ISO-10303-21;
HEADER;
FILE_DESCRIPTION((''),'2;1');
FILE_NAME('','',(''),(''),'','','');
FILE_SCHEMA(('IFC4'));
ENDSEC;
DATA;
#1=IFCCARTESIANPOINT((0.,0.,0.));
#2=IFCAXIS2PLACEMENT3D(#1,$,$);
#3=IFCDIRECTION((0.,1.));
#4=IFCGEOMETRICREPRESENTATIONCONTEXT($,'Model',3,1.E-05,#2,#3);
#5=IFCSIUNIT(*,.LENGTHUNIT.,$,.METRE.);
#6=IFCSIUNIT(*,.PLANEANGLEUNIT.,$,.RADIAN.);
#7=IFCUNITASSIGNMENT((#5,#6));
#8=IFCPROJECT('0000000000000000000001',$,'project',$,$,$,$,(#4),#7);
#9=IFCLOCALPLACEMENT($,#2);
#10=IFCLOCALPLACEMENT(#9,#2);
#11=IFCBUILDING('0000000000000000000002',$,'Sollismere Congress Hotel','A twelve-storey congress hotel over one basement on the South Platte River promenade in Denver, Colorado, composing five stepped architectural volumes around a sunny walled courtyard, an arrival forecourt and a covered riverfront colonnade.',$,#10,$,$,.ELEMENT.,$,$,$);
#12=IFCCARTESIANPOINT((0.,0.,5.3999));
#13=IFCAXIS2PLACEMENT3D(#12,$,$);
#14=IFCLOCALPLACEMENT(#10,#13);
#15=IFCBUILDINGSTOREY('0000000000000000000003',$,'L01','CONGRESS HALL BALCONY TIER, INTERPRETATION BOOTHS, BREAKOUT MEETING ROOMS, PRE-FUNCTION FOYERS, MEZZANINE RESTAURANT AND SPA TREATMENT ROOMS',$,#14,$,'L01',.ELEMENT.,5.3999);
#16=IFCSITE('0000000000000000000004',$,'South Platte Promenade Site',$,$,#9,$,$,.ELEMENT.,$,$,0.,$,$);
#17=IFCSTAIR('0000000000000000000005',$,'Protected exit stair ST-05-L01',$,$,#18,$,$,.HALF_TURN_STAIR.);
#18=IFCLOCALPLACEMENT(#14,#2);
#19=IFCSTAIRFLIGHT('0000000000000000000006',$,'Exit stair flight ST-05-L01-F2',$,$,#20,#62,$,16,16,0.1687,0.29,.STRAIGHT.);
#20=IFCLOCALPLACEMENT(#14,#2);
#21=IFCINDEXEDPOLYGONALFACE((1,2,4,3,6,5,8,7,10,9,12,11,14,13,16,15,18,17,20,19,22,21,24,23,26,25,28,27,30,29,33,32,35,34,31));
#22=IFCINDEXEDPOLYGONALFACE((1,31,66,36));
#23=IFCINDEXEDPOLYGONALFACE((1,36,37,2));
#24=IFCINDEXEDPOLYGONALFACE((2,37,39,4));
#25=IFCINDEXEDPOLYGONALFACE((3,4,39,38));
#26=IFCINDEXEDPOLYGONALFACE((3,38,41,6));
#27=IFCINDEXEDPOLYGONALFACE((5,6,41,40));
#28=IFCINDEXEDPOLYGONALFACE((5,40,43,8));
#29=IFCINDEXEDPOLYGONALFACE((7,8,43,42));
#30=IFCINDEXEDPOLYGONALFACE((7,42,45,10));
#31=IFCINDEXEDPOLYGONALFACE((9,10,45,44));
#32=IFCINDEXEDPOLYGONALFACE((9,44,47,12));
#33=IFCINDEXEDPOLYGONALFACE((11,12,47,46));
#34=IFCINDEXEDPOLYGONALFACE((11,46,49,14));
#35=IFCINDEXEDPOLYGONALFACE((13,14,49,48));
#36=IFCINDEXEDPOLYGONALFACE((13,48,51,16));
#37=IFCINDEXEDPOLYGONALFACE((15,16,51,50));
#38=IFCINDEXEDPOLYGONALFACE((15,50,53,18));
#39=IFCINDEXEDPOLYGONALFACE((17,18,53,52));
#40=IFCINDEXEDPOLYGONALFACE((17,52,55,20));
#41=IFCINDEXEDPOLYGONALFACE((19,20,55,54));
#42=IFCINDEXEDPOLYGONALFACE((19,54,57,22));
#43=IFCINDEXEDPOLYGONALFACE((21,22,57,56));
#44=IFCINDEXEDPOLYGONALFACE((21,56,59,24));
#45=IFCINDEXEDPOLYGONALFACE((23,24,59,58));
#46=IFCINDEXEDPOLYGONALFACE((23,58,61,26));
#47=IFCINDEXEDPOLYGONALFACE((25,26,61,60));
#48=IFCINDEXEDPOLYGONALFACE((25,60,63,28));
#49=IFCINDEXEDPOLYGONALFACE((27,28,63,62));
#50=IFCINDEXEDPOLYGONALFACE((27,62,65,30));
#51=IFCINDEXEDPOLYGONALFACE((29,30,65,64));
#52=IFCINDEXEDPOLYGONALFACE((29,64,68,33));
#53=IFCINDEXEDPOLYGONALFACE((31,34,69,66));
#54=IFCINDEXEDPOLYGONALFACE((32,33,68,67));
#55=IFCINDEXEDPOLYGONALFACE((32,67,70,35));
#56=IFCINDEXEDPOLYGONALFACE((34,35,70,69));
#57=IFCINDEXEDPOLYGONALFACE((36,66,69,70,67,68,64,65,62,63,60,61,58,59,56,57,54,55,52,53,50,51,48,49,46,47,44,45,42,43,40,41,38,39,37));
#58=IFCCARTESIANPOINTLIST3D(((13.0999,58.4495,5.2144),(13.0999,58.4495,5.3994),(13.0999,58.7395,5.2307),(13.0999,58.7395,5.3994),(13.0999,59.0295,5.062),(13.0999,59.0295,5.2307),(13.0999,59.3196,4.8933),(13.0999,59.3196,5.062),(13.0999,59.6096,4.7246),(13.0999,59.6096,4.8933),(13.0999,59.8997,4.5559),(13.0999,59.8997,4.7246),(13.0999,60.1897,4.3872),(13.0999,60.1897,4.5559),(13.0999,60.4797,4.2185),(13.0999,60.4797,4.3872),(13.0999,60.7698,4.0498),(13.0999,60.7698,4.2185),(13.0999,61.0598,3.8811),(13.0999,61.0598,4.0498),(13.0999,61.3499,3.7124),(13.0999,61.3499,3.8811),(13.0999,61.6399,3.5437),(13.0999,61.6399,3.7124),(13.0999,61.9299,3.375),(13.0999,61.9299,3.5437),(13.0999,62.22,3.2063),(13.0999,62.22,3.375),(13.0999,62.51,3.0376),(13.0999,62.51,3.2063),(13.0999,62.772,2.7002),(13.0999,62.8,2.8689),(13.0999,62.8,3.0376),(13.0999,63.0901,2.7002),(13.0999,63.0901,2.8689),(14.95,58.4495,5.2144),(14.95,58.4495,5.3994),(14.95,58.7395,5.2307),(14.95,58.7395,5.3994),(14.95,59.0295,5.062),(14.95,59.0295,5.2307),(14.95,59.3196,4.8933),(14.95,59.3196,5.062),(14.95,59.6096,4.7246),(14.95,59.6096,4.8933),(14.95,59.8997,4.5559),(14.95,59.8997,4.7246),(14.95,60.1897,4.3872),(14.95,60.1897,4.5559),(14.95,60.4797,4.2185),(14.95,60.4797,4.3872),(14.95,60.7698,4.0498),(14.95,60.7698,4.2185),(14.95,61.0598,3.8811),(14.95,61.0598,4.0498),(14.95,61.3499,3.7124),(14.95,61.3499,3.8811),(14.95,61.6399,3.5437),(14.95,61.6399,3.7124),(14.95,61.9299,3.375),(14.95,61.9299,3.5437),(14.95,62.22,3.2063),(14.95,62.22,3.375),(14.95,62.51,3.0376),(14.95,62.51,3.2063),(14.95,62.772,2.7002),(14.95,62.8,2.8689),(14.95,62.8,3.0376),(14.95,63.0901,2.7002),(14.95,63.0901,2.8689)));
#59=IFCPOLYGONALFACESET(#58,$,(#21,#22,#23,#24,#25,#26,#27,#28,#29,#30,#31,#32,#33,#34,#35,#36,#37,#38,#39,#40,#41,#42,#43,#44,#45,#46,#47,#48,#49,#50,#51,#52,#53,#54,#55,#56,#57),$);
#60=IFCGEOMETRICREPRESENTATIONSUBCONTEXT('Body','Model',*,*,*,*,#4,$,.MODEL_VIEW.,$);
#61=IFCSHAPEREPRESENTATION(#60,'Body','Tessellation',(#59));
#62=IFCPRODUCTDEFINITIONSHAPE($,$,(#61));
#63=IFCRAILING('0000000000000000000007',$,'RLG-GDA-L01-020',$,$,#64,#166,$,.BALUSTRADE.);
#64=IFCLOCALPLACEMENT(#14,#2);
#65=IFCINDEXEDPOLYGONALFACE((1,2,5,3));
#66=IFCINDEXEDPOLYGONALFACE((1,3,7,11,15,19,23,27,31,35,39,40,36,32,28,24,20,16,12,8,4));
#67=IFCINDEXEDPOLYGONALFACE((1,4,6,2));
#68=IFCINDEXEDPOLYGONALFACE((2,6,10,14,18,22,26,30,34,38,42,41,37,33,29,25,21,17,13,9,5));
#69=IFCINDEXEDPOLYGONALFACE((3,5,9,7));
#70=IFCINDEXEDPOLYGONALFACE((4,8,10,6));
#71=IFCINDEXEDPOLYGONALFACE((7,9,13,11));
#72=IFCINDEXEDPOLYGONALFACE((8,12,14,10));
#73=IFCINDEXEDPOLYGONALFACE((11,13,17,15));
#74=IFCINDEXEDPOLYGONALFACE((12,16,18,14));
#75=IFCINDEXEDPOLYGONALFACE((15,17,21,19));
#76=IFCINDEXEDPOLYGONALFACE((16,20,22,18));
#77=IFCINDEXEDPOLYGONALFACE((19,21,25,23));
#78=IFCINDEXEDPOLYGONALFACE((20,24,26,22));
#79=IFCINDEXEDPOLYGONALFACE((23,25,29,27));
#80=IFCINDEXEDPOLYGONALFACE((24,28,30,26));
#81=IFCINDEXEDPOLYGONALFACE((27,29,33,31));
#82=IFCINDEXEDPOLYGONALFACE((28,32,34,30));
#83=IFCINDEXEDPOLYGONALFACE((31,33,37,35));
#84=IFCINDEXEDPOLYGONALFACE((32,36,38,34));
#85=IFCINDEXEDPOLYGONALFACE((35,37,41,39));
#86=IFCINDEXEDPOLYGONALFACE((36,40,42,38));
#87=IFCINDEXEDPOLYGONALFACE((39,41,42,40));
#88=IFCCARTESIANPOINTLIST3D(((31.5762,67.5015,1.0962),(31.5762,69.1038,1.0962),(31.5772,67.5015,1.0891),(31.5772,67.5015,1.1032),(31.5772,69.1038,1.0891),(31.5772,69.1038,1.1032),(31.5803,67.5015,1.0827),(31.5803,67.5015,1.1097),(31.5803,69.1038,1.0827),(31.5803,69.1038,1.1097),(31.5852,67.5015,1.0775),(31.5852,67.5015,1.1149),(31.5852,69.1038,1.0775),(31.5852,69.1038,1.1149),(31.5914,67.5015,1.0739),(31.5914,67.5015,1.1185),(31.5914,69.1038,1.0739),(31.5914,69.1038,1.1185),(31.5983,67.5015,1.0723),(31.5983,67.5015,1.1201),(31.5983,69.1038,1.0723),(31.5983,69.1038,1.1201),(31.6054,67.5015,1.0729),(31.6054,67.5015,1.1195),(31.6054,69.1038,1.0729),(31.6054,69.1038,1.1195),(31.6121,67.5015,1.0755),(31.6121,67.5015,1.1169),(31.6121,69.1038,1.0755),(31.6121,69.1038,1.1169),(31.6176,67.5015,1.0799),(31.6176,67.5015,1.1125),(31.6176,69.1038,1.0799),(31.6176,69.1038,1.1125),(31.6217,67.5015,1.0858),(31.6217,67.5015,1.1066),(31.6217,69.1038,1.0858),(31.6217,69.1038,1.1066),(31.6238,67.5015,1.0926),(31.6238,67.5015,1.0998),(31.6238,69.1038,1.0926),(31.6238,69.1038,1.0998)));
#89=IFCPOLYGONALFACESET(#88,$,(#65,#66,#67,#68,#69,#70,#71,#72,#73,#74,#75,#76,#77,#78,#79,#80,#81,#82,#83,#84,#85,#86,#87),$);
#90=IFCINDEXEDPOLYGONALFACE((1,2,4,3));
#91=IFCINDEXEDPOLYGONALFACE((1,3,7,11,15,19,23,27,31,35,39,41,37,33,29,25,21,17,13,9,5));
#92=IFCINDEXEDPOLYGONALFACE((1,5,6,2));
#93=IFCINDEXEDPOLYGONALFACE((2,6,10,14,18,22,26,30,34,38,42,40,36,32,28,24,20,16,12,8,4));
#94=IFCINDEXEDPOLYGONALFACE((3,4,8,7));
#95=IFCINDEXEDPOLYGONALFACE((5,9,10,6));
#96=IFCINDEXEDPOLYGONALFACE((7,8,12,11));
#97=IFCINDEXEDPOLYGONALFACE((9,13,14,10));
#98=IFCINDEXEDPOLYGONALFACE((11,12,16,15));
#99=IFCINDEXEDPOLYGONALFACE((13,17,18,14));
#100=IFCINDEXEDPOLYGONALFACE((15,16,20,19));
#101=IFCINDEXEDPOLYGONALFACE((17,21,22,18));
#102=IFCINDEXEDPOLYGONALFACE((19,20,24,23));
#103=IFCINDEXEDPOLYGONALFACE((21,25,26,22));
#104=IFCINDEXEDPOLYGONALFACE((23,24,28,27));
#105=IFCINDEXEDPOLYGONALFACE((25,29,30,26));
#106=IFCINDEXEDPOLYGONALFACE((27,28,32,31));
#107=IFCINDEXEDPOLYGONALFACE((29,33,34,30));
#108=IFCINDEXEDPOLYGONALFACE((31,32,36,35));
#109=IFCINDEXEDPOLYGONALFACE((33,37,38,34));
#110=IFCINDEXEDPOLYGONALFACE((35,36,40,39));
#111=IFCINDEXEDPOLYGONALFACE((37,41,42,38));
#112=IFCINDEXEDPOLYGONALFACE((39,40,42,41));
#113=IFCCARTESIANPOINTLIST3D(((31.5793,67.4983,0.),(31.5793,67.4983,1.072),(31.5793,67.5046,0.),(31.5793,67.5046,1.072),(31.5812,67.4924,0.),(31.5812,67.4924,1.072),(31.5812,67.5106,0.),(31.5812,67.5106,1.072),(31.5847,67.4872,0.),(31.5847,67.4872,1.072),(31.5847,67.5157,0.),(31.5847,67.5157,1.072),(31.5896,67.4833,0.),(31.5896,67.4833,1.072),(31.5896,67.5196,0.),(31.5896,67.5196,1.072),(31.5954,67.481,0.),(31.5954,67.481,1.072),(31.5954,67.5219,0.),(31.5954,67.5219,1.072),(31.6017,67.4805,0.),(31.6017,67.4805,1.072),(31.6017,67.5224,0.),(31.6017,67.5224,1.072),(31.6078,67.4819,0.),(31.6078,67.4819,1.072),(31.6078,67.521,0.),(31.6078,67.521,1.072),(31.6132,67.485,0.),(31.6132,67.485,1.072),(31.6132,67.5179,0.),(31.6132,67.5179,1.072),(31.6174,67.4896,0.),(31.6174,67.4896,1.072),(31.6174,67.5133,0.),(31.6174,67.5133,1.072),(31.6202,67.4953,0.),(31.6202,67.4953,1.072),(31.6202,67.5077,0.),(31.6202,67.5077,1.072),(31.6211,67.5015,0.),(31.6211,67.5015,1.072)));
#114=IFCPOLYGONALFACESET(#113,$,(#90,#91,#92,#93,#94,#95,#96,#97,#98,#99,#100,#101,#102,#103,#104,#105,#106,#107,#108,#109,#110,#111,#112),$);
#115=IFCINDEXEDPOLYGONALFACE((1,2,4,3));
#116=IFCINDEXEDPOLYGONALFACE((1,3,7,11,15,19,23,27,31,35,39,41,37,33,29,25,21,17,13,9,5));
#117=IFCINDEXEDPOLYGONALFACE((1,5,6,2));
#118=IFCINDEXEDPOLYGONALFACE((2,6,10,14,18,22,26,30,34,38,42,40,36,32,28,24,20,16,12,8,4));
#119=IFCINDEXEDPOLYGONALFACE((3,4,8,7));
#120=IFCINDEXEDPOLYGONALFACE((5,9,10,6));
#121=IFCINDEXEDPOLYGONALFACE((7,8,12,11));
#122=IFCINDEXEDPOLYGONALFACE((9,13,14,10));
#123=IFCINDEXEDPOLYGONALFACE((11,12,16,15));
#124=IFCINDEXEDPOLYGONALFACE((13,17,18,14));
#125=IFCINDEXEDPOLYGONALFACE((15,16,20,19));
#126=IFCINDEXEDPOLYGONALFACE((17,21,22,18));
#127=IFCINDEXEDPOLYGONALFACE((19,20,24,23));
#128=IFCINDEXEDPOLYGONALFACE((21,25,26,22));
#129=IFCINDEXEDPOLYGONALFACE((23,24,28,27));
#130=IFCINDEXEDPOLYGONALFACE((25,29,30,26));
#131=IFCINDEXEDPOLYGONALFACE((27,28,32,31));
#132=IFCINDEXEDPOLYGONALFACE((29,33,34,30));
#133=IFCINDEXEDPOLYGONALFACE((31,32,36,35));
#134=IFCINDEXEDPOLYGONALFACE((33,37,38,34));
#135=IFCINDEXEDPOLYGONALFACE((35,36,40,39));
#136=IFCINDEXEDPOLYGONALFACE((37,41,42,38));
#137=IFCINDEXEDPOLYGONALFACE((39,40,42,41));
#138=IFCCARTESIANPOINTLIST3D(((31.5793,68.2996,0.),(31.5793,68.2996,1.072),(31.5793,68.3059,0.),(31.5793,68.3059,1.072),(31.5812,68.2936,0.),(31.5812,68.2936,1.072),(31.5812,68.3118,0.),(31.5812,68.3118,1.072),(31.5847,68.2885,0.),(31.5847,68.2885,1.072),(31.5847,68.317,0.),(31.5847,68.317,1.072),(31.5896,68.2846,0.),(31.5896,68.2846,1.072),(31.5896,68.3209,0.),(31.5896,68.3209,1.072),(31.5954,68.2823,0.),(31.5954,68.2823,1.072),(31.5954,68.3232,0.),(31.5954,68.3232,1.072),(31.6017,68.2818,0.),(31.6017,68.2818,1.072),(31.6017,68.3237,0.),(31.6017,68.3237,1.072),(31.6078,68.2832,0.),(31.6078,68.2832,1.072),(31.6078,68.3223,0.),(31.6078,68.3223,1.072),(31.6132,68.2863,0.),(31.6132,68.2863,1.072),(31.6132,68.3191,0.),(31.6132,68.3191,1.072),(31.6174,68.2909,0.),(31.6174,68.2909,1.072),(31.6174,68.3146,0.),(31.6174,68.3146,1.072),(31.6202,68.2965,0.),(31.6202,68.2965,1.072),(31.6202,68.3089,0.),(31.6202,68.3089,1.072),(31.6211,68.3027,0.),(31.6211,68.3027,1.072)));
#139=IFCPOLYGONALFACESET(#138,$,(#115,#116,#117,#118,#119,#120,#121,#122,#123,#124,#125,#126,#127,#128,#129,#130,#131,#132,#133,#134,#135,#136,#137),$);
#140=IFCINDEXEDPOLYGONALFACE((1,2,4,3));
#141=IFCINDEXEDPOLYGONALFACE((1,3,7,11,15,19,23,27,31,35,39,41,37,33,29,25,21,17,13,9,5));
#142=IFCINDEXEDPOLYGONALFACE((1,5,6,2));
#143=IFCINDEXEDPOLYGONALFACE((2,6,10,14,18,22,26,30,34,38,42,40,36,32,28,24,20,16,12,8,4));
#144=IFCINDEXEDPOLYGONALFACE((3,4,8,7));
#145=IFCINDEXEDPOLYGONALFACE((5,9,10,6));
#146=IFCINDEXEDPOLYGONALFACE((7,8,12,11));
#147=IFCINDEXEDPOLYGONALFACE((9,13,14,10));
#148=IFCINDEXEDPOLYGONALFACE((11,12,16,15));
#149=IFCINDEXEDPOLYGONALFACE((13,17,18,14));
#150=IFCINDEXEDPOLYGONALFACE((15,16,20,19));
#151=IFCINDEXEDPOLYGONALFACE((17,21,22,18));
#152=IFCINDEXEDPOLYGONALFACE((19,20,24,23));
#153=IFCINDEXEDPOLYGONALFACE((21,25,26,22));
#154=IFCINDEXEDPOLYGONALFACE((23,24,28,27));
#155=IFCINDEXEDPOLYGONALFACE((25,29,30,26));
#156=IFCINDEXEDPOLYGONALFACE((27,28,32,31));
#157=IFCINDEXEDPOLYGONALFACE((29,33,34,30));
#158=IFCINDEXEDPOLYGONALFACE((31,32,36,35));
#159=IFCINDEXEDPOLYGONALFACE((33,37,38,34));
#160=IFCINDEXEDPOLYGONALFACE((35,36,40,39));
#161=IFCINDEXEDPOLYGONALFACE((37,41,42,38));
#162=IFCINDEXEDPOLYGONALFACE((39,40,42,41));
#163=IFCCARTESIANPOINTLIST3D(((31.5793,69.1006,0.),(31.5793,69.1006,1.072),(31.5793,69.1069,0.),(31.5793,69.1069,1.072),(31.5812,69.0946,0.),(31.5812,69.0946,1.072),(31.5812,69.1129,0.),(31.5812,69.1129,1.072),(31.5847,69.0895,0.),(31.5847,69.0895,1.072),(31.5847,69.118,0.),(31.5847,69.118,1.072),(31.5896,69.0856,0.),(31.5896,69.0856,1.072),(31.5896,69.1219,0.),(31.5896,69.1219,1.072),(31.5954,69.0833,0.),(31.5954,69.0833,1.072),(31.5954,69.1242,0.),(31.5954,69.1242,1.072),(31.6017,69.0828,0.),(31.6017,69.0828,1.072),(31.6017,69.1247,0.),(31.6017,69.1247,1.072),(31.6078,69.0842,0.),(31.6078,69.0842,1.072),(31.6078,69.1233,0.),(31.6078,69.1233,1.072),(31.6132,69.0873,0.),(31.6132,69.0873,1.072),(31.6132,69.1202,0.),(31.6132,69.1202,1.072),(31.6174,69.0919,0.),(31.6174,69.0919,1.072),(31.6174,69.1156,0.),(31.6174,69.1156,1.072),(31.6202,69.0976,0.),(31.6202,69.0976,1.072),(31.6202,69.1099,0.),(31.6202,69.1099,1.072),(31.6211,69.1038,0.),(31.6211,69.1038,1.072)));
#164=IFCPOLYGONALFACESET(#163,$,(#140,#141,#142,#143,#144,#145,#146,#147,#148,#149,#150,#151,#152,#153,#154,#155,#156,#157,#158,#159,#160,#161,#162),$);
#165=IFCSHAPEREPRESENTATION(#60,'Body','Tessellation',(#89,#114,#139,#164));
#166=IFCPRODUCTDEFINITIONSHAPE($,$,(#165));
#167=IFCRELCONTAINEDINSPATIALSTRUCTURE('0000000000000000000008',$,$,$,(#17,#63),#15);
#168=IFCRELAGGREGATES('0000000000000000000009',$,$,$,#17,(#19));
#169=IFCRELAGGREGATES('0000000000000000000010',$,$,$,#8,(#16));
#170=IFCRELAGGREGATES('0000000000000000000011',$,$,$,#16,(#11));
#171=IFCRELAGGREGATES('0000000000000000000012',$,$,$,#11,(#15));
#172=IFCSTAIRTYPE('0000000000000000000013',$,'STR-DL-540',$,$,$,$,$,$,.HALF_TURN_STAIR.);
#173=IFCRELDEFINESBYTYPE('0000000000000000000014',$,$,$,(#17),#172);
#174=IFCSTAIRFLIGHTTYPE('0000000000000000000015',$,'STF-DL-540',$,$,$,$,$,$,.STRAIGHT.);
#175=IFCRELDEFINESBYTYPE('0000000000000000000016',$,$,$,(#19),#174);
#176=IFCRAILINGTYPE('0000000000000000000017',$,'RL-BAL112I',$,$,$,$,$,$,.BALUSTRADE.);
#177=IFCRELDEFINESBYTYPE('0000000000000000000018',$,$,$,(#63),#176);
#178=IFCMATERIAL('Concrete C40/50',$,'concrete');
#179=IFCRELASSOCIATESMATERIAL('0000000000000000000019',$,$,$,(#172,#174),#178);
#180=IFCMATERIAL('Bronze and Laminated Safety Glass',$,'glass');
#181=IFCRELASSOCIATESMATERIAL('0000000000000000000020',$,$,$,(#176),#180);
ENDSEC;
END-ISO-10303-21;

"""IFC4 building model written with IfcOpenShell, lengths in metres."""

from ifc_helpers import new_model, si_unit, direction, frame, origin, origin_2d, place, context, subcontext, project, spatial, polyline, circle, outline, extrude, material, type_object, element, aggregate, save


model = new_model("IFC4")

# Units and contexts
model_context = context("Model", 3, precision=1e-05, world=origin(), true_north=direction((0.0, 1.0)))
body_context = subcontext(model_context, "Body", "Model", "MODEL_VIEW")
ifc_project = project(units=[si_unit("LENGTHUNIT", "METRE"), si_unit("PLANEANGLEUNIT", "RADIAN")], contexts=[model_context])

# Site, building, storey
site_placement = place(None, origin())
site = spatial("IfcSite", under=ifc_project, at=site_placement, Name="South Platte Promenade Site", CompositionType="ELEMENT", RefElevation=0.0)
building_placement = place(site_placement, origin())
building = spatial("IfcBuilding", under=site, at=building_placement, Name="Sollismere Congress Hotel", Description="A twelve-storey congress hotel over one basement on the South Platte River promenade in Denver, Colorado, composing five stepped architectural volumes around a sunny walled courtyard, an arrival forecourt and a covered riverfront colonnade.", CompositionType="ELEMENT")
storey_placement = place(building_placement, frame((0.0, 0.0, 5.3999)))
storey = spatial("IfcBuildingStorey", under=building, at=storey_placement, Name="L01", Description="CONGRESS HALL BALCONY TIER, INTERPRETATION BOOTHS, BREAKOUT MEETING ROOMS, PRE-FUNCTION FOYERS, MEZZANINE RESTAURANT AND SPA TREATMENT ROOMS", LongName="L01", CompositionType="ELEMENT", Elevation=5.3999)

# Stair, stair flight
ifc_material_1 = material(Name="Concrete C40/50", Category="concrete")
stair_type = type_object("IfcStairType", Name="STR-DL-540", PredefinedType="HALF_TURN_STAIR", material=ifc_material_1)
stair_placement = place(storey_placement, origin())
stair = element("IfcStair", 1, at=stair_placement, inside=storey, type_object=stair_type, Name="Protected exit stair ST-05-L01", PredefinedType="HALF_TURN_STAIR")
stair_flight_type = type_object("IfcStairFlightType", Name="STF-DL-540", PredefinedType="STRAIGHT", material=ifc_material_1)
stair_flight_1_placement = place(storey_placement, frame((14.0249, 63.0901, 2.7002), z_axis=(0.0, 0.0, 1.0), x_axis=(0.0, -1.0, 0.0)))
stair_flight_1 = element("IfcStairFlight", 2, at=stair_flight_1_placement, type_object=stair_flight_type, Name="Exit stair flight ST-05-L01-F2", NumberOfRisers=16, NumberOfTreads=16, PredefinedType="STRAIGHT", RiserHeight=0.1687, TreadLength=0.29, context=body_context, shape_type="SweptSolid", body=[
    extrude(outline(polyline([(0.0, 0.0), (0.0, 0.1687), (0.29, 0.1687), (0.29, 0.3374), (0.5801, 0.3374), (0.5801, 0.5061), (0.8701, 0.5061), (0.8701, 0.6748), (1.1602, 0.6748), (1.1602, 0.8435), (1.4502, 0.8435), (1.4502, 1.0122), (1.7402, 1.0122), (1.7402, 1.1809), (2.0303, 1.1809), (2.0303, 1.3496), (2.3203, 1.3496), (2.3203, 1.5183), (2.6104, 1.5183), (2.6104, 1.687), (2.9004, 1.687), (2.9004, 1.8557), (3.1904, 1.8557), (3.1904, 2.0244), (3.4805, 2.0244), (3.4805, 2.1931), (3.7705, 2.1931), (3.7705, 2.3618), (4.0605, 2.3618), (4.0605, 2.5305), (4.3506, 2.5305), (4.3506, 2.6992), (4.6406, 2.6992), (4.6406, 2.5142), (0.3181, 0.0), (0.0, 0.0)])), frame((0.0, 0.925, 0.0), z_axis=(0.0, -1.0, 0.0), x_axis=(1.0, 0.0, 0.0)), (0.0, 0.0, 1.0), 1.8501),
])
aggregate(stair, [stair_flight_1])

# Railing
ifc_material_2 = material(Name="Bronze and Laminated Safety Glass", Category="glass")
railing_type_1 = type_object("IfcRailingType", Name="RL-BAL112I", PredefinedType="BALUSTRADE", material=ifc_material_2)
railing_1_placement = place(storey_placement, frame((31.6001, 67.5015, 0.0)))
element("IfcRailing", 3, at=railing_1_placement, inside=storey, type_object=railing_type_1, Name="RLG-GDA-L01-020", PredefinedType="BALUSTRADE", context=body_context, shape_type="SweptSolid", body=[
    extrude(circle(Radius=0.0239, at=origin_2d()), frame((0.0, 0.0, 1.0962), z_axis=(0.0, 1.0, 0.0), x_axis=(-1.0, 0.0, 0.0)), (0.0, 0.0, 1.0), 1.6023),
    extrude(circle(Radius=0.021, at=origin_2d()), origin(), (0.0, 0.0, 1.0), 1.072),
    extrude(circle(Radius=0.021, at=origin_2d()), frame((0.0, 0.8013, 0.0)), (0.0, 0.0, 1.0), 1.072),
    extrude(circle(Radius=0.021, at=origin_2d()), frame((0.0, 1.6023, 0.0)), (0.0, 0.0, 1.0), 1.072),
])

save(model, "model.ifc")
